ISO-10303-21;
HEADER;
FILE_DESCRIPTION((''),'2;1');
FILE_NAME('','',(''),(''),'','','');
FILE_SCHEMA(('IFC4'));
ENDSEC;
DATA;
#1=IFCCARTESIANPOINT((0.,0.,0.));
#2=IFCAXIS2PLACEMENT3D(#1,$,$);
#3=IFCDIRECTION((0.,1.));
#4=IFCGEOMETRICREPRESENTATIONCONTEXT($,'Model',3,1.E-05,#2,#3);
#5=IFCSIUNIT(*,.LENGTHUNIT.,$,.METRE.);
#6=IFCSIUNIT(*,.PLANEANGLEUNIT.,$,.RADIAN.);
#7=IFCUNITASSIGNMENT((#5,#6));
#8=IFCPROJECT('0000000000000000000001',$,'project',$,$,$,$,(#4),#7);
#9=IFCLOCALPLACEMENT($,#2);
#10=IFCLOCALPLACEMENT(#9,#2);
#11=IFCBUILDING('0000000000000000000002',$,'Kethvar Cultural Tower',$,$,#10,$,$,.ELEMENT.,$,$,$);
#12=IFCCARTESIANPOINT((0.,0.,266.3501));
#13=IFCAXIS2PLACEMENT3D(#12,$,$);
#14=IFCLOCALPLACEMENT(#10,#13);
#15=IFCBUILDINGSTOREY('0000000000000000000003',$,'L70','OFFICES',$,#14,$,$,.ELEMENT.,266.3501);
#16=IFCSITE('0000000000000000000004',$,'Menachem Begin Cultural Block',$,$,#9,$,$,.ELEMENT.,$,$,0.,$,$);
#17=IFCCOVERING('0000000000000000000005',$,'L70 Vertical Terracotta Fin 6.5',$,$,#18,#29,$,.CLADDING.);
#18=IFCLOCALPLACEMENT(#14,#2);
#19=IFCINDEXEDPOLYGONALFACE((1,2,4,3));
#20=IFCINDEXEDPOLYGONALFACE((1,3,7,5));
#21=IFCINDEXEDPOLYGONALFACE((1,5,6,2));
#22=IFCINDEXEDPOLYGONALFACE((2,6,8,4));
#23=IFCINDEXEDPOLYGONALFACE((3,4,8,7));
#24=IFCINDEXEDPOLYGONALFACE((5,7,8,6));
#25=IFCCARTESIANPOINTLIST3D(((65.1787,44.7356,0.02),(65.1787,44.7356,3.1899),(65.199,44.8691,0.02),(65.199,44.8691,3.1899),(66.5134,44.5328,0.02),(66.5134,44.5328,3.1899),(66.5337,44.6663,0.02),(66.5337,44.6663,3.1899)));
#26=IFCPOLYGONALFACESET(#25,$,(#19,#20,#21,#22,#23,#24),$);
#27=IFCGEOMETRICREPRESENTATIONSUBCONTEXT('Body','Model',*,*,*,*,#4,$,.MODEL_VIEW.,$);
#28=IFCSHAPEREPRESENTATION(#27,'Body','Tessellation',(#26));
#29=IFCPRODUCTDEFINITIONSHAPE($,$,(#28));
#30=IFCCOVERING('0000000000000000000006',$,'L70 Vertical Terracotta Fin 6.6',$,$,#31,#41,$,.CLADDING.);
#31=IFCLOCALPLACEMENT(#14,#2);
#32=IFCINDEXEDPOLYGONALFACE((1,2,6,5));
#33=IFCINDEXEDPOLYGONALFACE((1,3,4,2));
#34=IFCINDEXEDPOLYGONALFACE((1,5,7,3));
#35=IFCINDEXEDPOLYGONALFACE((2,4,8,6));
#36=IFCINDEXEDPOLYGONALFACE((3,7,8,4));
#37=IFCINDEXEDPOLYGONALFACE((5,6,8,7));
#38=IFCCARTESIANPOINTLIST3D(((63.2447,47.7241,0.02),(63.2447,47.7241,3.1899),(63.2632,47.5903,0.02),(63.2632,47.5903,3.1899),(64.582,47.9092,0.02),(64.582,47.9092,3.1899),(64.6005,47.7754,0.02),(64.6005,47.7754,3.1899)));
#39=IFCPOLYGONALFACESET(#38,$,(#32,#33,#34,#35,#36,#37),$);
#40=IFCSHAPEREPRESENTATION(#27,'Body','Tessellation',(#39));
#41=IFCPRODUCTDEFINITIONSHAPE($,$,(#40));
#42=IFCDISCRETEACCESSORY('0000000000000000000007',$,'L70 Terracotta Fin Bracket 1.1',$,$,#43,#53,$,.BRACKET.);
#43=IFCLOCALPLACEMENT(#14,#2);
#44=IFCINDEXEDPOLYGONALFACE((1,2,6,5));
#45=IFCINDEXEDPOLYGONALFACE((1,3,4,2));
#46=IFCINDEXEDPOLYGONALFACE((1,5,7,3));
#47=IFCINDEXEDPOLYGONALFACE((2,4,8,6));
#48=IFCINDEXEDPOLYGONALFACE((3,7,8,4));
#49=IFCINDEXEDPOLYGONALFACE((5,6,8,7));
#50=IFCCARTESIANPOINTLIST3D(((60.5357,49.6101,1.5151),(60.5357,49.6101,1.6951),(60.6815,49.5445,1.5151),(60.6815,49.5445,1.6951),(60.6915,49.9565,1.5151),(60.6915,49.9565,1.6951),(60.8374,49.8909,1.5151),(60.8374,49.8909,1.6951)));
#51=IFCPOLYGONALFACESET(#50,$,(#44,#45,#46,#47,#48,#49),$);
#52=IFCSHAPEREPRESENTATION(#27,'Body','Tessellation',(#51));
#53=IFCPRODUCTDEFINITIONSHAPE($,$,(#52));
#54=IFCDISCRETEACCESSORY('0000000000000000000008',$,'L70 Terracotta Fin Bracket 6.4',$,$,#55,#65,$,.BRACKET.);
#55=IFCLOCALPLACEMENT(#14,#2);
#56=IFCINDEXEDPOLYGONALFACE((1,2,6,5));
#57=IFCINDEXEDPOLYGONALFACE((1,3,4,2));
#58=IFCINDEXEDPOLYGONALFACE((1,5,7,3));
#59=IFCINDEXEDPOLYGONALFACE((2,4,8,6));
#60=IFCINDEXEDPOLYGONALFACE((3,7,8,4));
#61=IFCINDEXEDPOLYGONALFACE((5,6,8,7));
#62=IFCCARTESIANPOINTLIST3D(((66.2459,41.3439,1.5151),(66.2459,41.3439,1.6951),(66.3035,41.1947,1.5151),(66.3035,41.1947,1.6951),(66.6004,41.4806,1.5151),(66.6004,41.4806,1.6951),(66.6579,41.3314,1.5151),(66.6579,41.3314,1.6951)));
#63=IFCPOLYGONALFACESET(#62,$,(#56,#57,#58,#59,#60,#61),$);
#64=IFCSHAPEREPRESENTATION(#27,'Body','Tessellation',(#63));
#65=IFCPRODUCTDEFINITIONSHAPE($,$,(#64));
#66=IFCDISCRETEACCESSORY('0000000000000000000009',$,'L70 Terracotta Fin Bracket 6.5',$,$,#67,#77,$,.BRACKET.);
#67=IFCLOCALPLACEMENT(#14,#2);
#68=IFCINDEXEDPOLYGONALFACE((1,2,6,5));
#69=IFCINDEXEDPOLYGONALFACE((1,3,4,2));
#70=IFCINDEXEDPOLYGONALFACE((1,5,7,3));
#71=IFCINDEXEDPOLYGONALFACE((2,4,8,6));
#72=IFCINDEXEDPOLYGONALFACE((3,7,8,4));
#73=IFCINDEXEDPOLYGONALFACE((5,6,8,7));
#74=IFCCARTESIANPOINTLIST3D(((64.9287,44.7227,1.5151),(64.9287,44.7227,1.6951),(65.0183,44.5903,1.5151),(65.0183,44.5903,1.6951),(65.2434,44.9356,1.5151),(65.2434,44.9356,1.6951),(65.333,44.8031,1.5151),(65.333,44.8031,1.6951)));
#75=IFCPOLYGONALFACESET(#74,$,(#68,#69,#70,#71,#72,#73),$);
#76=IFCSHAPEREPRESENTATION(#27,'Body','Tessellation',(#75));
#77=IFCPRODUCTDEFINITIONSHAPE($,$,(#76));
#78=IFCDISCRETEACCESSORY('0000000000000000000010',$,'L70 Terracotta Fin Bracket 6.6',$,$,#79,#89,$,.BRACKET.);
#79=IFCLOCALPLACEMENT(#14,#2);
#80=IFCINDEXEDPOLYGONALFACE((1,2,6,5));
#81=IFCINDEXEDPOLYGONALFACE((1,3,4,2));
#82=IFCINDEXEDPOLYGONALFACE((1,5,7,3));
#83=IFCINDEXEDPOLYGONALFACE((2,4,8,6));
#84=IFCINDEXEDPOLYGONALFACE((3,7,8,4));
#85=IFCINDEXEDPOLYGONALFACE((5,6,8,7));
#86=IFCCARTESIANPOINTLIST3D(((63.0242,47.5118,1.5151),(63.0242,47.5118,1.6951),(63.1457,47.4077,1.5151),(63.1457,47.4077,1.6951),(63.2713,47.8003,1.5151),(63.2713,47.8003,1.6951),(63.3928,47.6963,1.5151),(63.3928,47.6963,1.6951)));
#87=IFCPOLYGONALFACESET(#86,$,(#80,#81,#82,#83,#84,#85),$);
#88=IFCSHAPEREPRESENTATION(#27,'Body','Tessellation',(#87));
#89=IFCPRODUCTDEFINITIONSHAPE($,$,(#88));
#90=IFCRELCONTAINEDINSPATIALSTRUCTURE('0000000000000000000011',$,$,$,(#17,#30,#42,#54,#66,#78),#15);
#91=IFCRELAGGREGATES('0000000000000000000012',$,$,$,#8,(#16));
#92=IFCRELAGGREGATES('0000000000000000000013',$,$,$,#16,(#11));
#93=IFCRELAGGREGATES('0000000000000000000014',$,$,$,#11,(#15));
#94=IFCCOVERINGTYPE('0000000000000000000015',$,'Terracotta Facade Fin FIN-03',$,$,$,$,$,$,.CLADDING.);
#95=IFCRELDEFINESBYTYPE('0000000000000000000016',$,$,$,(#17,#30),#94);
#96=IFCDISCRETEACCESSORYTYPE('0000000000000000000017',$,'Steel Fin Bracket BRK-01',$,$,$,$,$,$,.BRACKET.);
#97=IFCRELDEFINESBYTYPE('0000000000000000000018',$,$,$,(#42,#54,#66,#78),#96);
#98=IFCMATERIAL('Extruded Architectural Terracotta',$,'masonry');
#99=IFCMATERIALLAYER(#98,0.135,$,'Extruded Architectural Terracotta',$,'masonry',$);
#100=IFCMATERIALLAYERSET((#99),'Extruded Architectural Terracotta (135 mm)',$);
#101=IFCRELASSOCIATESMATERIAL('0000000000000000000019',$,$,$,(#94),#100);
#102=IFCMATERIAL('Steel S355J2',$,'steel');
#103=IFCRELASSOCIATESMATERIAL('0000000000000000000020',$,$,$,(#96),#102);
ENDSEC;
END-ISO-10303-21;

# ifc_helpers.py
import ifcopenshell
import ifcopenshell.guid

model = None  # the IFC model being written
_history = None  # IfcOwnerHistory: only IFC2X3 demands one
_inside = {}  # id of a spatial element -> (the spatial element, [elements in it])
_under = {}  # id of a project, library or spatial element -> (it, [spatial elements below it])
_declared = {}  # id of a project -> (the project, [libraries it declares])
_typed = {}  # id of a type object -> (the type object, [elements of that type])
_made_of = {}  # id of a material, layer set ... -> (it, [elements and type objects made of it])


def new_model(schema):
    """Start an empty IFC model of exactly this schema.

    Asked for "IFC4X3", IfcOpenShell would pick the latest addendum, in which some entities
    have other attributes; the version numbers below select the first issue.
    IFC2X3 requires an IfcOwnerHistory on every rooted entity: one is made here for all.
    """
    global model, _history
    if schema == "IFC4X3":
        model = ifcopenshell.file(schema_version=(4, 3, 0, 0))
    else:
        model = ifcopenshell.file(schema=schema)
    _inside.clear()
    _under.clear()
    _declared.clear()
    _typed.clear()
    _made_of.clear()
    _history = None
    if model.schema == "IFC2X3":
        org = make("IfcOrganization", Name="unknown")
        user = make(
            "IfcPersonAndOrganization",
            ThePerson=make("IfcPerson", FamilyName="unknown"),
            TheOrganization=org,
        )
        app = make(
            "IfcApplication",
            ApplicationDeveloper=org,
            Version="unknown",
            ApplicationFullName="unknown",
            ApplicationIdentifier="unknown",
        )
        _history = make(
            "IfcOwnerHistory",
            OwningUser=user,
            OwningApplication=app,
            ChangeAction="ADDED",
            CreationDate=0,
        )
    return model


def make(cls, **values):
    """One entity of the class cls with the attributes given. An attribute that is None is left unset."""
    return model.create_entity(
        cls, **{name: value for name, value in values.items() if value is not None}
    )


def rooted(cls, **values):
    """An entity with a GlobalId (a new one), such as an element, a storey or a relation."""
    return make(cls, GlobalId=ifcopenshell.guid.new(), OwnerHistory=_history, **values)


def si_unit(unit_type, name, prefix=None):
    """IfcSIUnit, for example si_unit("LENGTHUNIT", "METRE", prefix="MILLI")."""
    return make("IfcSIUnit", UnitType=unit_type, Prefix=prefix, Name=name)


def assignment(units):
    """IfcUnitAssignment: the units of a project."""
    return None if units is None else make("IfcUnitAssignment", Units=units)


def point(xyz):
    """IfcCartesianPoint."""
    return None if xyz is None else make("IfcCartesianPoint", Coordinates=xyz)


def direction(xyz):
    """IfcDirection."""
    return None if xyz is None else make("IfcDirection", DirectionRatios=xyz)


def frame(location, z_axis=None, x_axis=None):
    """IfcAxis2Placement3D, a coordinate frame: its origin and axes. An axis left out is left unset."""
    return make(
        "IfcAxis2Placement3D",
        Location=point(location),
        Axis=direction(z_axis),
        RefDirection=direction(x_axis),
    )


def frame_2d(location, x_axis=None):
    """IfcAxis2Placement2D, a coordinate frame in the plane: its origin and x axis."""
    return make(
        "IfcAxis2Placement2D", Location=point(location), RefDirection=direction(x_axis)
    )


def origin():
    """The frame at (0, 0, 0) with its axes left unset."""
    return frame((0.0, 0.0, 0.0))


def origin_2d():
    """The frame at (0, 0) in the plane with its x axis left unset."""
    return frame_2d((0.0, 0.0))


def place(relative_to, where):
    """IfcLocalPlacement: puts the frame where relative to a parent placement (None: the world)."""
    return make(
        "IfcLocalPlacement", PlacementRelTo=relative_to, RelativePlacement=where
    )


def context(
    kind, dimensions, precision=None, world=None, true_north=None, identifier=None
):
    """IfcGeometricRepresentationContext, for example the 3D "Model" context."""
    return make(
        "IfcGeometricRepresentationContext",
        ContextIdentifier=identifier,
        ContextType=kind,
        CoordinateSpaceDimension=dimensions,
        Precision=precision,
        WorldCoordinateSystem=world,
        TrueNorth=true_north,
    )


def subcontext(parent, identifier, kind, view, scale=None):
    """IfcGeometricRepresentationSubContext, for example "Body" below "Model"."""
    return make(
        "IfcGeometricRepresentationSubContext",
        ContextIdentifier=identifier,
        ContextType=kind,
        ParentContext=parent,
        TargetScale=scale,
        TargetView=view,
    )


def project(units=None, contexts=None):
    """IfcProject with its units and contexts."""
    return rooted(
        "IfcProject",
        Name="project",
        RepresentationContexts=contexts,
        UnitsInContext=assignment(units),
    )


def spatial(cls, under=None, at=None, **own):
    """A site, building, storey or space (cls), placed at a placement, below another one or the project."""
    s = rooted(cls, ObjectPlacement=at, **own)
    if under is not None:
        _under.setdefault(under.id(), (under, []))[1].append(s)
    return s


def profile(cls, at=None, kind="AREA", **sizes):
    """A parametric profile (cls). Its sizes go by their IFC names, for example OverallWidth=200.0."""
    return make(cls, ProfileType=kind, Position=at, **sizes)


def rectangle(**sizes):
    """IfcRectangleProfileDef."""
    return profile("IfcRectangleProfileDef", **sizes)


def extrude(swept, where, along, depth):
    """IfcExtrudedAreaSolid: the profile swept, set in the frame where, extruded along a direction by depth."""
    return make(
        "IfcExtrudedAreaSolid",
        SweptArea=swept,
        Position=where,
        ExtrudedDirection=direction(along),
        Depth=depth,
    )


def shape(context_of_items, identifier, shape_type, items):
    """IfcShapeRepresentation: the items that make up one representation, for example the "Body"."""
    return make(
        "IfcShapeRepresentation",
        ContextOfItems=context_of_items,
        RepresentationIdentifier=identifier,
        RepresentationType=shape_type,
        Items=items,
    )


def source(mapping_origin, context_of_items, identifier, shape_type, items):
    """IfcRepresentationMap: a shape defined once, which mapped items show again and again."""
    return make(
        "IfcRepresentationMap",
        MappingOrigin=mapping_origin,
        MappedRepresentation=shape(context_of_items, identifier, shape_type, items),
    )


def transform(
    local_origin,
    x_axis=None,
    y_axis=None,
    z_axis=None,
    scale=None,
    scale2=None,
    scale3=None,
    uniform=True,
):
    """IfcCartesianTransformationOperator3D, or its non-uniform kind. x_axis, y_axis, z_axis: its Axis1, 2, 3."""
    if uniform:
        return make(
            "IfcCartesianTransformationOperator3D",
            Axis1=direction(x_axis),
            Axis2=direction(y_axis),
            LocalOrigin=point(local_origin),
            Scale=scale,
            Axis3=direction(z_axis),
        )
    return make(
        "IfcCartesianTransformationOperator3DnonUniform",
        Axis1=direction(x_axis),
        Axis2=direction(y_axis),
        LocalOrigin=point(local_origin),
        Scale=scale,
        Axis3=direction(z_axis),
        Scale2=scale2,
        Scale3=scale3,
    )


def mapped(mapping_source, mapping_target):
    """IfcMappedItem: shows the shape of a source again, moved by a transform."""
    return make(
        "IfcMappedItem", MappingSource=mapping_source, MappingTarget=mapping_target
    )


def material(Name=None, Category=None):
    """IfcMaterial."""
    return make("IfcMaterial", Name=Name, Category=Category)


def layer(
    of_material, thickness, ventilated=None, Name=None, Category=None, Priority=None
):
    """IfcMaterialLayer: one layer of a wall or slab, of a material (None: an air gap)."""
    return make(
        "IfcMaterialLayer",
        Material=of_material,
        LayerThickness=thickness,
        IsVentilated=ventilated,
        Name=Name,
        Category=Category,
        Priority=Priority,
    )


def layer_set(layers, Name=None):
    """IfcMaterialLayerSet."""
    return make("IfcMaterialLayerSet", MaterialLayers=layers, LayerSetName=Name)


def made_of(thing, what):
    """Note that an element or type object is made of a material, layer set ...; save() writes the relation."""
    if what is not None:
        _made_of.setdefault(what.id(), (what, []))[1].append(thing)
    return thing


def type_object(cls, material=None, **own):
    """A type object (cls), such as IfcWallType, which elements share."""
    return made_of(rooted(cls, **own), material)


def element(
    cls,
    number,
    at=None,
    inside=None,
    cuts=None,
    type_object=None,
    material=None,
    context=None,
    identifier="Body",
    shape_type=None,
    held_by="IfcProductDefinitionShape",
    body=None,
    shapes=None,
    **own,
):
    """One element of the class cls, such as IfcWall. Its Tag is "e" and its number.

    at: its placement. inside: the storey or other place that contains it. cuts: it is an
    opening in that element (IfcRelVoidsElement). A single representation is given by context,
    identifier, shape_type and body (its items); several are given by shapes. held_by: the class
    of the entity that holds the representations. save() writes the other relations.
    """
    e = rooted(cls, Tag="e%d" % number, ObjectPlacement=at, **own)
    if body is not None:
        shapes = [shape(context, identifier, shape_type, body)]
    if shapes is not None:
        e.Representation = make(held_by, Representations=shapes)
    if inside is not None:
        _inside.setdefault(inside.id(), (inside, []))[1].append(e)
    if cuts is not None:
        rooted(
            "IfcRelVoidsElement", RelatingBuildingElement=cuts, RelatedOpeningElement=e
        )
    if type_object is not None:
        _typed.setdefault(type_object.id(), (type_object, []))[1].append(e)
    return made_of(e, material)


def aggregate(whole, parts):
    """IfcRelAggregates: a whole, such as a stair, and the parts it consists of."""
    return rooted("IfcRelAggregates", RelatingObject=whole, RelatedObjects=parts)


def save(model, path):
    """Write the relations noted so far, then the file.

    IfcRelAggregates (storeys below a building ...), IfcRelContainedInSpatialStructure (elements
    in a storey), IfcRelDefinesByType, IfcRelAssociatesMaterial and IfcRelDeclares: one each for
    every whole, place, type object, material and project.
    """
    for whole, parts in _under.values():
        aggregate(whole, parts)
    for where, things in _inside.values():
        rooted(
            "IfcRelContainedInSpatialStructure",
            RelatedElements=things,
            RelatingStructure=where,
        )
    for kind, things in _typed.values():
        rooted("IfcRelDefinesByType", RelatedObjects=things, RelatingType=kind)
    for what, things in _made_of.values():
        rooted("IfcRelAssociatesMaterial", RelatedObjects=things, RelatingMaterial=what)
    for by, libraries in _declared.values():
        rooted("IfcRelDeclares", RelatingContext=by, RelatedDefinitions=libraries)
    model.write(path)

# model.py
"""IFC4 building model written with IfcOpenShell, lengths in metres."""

from ifc_helpers import new_model, si_unit, direction, frame, origin, origin_2d, place, context, subcontext, project, spatial, rectangle, extrude, source, transform, mapped, material, layer, layer_set, type_object, element, save


model = new_model("IFC4")

# Units and contexts
model_context = context("Model", 3, precision=1e-05, world=origin(), true_north=direction((0.0, 1.0)))
body_context = subcontext(model_context, "Body", "Model", "MODEL_VIEW")
ifc_project = project(units=[si_unit("LENGTHUNIT", "METRE"), si_unit("PLANEANGLEUNIT", "RADIAN")], contexts=[model_context])

# Site, building, storey
site_placement = place(None, origin())
site = spatial("IfcSite", under=ifc_project, at=site_placement, Name="Menachem Begin Cultural Block", CompositionType="ELEMENT", RefElevation=0.0)
building_placement = place(site_placement, origin())
building = spatial("IfcBuilding", under=site, at=building_placement, Name="Kethvar Cultural Tower", CompositionType="ELEMENT")
storey_placement = place(building_placement, frame((0.0, 0.0, 266.3501)))
storey = spatial("IfcBuildingStorey", under=building, at=storey_placement, Name="L70", Description="OFFICES", CompositionType="ELEMENT", Elevation=266.3501)

# Shared definitions
ifc_material_1 = material(Name="Steel S355J2", Category="steel")

# Coverings
ifc_material_2 = material(Name="Extruded Architectural Terracotta", Category="masonry")
ifc_layer_1 = layer(ifc_material_2, 0.135, Name="Extruded Architectural Terracotta", Category="masonry")
ifc_layer_set_1 = layer_set([ifc_layer_1], Name="Extruded Architectural Terracotta (135 mm)")
covering_type = type_object("IfcCoveringType", Name="Terracotta Facade Fin FIN-03", PredefinedType="CLADDING", material=ifc_layer_set_1)
shared_shape_1 = source(origin(), body_context, "Body", "SweptSolid", [
    extrude(rectangle(XDim=1.3501, YDim=0.135, at=origin_2d()), origin(), (0.0, 0.0, 1.0), 3.1699),
])
for number, where, z_axis, x_axis, name in (
    (1, (65.8562, 44.7009, 0.02), (0.0, 0.0, 1.0), (0.988652, -0.150226, 0.0), "L70 Vertical Terracotta Fin 6.5"),
    (2, (63.9226, 47.7498, 0.02), (0.0, 0.0, 1.0), (0.990557, 0.137099, 0.0), "L70 Vertical Terracotta Fin 6.6"),
):
    element("IfcCovering", number, at=place(storey_placement, frame(where, z_axis=z_axis, x_axis=x_axis)), inside=storey, type_object=covering_type, Name=name, PredefinedType="CLADDING", context=body_context, shape_type="MappedRepresentation", body=[
        mapped(shared_shape_1, transform((0.0, 0.0, 0.0), scale=1.0)),
    ])

# Discrete accessories
discrete_accessory_type = type_object("IfcDiscreteAccessoryType", Name="Steel Fin Bracket BRK-01", PredefinedType="BRACKET", material=ifc_material_1)
shared_shape_2 = source(origin(), body_context, "Body", "SweptSolid", [
    extrude(rectangle(XDim=0.3799, YDim=0.1599, at=origin_2d()), origin(), (0.0, 0.0, 1.0), 0.1799),
])
for number, where, z_axis, x_axis, name in (
    (3, (60.6865, 49.7505, 1.5151), (0.0, 0.0, 1.0), (0.410241, 0.911977, 0.0), "L70 Terracotta Fin Bracket 1.1"),
    (4, (66.4519, 41.3376, 1.5151), (0.0, 0.0, 1.0), (0.933016, 0.359834, 0.0), "L70 Terracotta Fin Bracket 6.4"),
    (5, (65.1309, 44.7629, 1.5151), (0.0, 0.0, 1.0), (0.828256, 0.56035, 0.0), "L70 Terracotta Fin Bracket 6.5"),
    (6, (63.2085, 47.604, 1.5151), (0.0, 0.0, 1.0), (0.650509, 0.759498, 0.0), "L70 Terracotta Fin Bracket 6.6"),
):
    element("IfcDiscreteAccessory", number, at=place(storey_placement, frame(where, z_axis=z_axis, x_axis=x_axis)), inside=storey, type_object=discrete_accessory_type, Name=name, PredefinedType="BRACKET", context=body_context, shape_type="MappedRepresentation", body=[
        mapped(shared_shape_2, transform((0.0, 0.0, 0.0), scale=1.0)),
    ])

save(model, "model.ifc")
